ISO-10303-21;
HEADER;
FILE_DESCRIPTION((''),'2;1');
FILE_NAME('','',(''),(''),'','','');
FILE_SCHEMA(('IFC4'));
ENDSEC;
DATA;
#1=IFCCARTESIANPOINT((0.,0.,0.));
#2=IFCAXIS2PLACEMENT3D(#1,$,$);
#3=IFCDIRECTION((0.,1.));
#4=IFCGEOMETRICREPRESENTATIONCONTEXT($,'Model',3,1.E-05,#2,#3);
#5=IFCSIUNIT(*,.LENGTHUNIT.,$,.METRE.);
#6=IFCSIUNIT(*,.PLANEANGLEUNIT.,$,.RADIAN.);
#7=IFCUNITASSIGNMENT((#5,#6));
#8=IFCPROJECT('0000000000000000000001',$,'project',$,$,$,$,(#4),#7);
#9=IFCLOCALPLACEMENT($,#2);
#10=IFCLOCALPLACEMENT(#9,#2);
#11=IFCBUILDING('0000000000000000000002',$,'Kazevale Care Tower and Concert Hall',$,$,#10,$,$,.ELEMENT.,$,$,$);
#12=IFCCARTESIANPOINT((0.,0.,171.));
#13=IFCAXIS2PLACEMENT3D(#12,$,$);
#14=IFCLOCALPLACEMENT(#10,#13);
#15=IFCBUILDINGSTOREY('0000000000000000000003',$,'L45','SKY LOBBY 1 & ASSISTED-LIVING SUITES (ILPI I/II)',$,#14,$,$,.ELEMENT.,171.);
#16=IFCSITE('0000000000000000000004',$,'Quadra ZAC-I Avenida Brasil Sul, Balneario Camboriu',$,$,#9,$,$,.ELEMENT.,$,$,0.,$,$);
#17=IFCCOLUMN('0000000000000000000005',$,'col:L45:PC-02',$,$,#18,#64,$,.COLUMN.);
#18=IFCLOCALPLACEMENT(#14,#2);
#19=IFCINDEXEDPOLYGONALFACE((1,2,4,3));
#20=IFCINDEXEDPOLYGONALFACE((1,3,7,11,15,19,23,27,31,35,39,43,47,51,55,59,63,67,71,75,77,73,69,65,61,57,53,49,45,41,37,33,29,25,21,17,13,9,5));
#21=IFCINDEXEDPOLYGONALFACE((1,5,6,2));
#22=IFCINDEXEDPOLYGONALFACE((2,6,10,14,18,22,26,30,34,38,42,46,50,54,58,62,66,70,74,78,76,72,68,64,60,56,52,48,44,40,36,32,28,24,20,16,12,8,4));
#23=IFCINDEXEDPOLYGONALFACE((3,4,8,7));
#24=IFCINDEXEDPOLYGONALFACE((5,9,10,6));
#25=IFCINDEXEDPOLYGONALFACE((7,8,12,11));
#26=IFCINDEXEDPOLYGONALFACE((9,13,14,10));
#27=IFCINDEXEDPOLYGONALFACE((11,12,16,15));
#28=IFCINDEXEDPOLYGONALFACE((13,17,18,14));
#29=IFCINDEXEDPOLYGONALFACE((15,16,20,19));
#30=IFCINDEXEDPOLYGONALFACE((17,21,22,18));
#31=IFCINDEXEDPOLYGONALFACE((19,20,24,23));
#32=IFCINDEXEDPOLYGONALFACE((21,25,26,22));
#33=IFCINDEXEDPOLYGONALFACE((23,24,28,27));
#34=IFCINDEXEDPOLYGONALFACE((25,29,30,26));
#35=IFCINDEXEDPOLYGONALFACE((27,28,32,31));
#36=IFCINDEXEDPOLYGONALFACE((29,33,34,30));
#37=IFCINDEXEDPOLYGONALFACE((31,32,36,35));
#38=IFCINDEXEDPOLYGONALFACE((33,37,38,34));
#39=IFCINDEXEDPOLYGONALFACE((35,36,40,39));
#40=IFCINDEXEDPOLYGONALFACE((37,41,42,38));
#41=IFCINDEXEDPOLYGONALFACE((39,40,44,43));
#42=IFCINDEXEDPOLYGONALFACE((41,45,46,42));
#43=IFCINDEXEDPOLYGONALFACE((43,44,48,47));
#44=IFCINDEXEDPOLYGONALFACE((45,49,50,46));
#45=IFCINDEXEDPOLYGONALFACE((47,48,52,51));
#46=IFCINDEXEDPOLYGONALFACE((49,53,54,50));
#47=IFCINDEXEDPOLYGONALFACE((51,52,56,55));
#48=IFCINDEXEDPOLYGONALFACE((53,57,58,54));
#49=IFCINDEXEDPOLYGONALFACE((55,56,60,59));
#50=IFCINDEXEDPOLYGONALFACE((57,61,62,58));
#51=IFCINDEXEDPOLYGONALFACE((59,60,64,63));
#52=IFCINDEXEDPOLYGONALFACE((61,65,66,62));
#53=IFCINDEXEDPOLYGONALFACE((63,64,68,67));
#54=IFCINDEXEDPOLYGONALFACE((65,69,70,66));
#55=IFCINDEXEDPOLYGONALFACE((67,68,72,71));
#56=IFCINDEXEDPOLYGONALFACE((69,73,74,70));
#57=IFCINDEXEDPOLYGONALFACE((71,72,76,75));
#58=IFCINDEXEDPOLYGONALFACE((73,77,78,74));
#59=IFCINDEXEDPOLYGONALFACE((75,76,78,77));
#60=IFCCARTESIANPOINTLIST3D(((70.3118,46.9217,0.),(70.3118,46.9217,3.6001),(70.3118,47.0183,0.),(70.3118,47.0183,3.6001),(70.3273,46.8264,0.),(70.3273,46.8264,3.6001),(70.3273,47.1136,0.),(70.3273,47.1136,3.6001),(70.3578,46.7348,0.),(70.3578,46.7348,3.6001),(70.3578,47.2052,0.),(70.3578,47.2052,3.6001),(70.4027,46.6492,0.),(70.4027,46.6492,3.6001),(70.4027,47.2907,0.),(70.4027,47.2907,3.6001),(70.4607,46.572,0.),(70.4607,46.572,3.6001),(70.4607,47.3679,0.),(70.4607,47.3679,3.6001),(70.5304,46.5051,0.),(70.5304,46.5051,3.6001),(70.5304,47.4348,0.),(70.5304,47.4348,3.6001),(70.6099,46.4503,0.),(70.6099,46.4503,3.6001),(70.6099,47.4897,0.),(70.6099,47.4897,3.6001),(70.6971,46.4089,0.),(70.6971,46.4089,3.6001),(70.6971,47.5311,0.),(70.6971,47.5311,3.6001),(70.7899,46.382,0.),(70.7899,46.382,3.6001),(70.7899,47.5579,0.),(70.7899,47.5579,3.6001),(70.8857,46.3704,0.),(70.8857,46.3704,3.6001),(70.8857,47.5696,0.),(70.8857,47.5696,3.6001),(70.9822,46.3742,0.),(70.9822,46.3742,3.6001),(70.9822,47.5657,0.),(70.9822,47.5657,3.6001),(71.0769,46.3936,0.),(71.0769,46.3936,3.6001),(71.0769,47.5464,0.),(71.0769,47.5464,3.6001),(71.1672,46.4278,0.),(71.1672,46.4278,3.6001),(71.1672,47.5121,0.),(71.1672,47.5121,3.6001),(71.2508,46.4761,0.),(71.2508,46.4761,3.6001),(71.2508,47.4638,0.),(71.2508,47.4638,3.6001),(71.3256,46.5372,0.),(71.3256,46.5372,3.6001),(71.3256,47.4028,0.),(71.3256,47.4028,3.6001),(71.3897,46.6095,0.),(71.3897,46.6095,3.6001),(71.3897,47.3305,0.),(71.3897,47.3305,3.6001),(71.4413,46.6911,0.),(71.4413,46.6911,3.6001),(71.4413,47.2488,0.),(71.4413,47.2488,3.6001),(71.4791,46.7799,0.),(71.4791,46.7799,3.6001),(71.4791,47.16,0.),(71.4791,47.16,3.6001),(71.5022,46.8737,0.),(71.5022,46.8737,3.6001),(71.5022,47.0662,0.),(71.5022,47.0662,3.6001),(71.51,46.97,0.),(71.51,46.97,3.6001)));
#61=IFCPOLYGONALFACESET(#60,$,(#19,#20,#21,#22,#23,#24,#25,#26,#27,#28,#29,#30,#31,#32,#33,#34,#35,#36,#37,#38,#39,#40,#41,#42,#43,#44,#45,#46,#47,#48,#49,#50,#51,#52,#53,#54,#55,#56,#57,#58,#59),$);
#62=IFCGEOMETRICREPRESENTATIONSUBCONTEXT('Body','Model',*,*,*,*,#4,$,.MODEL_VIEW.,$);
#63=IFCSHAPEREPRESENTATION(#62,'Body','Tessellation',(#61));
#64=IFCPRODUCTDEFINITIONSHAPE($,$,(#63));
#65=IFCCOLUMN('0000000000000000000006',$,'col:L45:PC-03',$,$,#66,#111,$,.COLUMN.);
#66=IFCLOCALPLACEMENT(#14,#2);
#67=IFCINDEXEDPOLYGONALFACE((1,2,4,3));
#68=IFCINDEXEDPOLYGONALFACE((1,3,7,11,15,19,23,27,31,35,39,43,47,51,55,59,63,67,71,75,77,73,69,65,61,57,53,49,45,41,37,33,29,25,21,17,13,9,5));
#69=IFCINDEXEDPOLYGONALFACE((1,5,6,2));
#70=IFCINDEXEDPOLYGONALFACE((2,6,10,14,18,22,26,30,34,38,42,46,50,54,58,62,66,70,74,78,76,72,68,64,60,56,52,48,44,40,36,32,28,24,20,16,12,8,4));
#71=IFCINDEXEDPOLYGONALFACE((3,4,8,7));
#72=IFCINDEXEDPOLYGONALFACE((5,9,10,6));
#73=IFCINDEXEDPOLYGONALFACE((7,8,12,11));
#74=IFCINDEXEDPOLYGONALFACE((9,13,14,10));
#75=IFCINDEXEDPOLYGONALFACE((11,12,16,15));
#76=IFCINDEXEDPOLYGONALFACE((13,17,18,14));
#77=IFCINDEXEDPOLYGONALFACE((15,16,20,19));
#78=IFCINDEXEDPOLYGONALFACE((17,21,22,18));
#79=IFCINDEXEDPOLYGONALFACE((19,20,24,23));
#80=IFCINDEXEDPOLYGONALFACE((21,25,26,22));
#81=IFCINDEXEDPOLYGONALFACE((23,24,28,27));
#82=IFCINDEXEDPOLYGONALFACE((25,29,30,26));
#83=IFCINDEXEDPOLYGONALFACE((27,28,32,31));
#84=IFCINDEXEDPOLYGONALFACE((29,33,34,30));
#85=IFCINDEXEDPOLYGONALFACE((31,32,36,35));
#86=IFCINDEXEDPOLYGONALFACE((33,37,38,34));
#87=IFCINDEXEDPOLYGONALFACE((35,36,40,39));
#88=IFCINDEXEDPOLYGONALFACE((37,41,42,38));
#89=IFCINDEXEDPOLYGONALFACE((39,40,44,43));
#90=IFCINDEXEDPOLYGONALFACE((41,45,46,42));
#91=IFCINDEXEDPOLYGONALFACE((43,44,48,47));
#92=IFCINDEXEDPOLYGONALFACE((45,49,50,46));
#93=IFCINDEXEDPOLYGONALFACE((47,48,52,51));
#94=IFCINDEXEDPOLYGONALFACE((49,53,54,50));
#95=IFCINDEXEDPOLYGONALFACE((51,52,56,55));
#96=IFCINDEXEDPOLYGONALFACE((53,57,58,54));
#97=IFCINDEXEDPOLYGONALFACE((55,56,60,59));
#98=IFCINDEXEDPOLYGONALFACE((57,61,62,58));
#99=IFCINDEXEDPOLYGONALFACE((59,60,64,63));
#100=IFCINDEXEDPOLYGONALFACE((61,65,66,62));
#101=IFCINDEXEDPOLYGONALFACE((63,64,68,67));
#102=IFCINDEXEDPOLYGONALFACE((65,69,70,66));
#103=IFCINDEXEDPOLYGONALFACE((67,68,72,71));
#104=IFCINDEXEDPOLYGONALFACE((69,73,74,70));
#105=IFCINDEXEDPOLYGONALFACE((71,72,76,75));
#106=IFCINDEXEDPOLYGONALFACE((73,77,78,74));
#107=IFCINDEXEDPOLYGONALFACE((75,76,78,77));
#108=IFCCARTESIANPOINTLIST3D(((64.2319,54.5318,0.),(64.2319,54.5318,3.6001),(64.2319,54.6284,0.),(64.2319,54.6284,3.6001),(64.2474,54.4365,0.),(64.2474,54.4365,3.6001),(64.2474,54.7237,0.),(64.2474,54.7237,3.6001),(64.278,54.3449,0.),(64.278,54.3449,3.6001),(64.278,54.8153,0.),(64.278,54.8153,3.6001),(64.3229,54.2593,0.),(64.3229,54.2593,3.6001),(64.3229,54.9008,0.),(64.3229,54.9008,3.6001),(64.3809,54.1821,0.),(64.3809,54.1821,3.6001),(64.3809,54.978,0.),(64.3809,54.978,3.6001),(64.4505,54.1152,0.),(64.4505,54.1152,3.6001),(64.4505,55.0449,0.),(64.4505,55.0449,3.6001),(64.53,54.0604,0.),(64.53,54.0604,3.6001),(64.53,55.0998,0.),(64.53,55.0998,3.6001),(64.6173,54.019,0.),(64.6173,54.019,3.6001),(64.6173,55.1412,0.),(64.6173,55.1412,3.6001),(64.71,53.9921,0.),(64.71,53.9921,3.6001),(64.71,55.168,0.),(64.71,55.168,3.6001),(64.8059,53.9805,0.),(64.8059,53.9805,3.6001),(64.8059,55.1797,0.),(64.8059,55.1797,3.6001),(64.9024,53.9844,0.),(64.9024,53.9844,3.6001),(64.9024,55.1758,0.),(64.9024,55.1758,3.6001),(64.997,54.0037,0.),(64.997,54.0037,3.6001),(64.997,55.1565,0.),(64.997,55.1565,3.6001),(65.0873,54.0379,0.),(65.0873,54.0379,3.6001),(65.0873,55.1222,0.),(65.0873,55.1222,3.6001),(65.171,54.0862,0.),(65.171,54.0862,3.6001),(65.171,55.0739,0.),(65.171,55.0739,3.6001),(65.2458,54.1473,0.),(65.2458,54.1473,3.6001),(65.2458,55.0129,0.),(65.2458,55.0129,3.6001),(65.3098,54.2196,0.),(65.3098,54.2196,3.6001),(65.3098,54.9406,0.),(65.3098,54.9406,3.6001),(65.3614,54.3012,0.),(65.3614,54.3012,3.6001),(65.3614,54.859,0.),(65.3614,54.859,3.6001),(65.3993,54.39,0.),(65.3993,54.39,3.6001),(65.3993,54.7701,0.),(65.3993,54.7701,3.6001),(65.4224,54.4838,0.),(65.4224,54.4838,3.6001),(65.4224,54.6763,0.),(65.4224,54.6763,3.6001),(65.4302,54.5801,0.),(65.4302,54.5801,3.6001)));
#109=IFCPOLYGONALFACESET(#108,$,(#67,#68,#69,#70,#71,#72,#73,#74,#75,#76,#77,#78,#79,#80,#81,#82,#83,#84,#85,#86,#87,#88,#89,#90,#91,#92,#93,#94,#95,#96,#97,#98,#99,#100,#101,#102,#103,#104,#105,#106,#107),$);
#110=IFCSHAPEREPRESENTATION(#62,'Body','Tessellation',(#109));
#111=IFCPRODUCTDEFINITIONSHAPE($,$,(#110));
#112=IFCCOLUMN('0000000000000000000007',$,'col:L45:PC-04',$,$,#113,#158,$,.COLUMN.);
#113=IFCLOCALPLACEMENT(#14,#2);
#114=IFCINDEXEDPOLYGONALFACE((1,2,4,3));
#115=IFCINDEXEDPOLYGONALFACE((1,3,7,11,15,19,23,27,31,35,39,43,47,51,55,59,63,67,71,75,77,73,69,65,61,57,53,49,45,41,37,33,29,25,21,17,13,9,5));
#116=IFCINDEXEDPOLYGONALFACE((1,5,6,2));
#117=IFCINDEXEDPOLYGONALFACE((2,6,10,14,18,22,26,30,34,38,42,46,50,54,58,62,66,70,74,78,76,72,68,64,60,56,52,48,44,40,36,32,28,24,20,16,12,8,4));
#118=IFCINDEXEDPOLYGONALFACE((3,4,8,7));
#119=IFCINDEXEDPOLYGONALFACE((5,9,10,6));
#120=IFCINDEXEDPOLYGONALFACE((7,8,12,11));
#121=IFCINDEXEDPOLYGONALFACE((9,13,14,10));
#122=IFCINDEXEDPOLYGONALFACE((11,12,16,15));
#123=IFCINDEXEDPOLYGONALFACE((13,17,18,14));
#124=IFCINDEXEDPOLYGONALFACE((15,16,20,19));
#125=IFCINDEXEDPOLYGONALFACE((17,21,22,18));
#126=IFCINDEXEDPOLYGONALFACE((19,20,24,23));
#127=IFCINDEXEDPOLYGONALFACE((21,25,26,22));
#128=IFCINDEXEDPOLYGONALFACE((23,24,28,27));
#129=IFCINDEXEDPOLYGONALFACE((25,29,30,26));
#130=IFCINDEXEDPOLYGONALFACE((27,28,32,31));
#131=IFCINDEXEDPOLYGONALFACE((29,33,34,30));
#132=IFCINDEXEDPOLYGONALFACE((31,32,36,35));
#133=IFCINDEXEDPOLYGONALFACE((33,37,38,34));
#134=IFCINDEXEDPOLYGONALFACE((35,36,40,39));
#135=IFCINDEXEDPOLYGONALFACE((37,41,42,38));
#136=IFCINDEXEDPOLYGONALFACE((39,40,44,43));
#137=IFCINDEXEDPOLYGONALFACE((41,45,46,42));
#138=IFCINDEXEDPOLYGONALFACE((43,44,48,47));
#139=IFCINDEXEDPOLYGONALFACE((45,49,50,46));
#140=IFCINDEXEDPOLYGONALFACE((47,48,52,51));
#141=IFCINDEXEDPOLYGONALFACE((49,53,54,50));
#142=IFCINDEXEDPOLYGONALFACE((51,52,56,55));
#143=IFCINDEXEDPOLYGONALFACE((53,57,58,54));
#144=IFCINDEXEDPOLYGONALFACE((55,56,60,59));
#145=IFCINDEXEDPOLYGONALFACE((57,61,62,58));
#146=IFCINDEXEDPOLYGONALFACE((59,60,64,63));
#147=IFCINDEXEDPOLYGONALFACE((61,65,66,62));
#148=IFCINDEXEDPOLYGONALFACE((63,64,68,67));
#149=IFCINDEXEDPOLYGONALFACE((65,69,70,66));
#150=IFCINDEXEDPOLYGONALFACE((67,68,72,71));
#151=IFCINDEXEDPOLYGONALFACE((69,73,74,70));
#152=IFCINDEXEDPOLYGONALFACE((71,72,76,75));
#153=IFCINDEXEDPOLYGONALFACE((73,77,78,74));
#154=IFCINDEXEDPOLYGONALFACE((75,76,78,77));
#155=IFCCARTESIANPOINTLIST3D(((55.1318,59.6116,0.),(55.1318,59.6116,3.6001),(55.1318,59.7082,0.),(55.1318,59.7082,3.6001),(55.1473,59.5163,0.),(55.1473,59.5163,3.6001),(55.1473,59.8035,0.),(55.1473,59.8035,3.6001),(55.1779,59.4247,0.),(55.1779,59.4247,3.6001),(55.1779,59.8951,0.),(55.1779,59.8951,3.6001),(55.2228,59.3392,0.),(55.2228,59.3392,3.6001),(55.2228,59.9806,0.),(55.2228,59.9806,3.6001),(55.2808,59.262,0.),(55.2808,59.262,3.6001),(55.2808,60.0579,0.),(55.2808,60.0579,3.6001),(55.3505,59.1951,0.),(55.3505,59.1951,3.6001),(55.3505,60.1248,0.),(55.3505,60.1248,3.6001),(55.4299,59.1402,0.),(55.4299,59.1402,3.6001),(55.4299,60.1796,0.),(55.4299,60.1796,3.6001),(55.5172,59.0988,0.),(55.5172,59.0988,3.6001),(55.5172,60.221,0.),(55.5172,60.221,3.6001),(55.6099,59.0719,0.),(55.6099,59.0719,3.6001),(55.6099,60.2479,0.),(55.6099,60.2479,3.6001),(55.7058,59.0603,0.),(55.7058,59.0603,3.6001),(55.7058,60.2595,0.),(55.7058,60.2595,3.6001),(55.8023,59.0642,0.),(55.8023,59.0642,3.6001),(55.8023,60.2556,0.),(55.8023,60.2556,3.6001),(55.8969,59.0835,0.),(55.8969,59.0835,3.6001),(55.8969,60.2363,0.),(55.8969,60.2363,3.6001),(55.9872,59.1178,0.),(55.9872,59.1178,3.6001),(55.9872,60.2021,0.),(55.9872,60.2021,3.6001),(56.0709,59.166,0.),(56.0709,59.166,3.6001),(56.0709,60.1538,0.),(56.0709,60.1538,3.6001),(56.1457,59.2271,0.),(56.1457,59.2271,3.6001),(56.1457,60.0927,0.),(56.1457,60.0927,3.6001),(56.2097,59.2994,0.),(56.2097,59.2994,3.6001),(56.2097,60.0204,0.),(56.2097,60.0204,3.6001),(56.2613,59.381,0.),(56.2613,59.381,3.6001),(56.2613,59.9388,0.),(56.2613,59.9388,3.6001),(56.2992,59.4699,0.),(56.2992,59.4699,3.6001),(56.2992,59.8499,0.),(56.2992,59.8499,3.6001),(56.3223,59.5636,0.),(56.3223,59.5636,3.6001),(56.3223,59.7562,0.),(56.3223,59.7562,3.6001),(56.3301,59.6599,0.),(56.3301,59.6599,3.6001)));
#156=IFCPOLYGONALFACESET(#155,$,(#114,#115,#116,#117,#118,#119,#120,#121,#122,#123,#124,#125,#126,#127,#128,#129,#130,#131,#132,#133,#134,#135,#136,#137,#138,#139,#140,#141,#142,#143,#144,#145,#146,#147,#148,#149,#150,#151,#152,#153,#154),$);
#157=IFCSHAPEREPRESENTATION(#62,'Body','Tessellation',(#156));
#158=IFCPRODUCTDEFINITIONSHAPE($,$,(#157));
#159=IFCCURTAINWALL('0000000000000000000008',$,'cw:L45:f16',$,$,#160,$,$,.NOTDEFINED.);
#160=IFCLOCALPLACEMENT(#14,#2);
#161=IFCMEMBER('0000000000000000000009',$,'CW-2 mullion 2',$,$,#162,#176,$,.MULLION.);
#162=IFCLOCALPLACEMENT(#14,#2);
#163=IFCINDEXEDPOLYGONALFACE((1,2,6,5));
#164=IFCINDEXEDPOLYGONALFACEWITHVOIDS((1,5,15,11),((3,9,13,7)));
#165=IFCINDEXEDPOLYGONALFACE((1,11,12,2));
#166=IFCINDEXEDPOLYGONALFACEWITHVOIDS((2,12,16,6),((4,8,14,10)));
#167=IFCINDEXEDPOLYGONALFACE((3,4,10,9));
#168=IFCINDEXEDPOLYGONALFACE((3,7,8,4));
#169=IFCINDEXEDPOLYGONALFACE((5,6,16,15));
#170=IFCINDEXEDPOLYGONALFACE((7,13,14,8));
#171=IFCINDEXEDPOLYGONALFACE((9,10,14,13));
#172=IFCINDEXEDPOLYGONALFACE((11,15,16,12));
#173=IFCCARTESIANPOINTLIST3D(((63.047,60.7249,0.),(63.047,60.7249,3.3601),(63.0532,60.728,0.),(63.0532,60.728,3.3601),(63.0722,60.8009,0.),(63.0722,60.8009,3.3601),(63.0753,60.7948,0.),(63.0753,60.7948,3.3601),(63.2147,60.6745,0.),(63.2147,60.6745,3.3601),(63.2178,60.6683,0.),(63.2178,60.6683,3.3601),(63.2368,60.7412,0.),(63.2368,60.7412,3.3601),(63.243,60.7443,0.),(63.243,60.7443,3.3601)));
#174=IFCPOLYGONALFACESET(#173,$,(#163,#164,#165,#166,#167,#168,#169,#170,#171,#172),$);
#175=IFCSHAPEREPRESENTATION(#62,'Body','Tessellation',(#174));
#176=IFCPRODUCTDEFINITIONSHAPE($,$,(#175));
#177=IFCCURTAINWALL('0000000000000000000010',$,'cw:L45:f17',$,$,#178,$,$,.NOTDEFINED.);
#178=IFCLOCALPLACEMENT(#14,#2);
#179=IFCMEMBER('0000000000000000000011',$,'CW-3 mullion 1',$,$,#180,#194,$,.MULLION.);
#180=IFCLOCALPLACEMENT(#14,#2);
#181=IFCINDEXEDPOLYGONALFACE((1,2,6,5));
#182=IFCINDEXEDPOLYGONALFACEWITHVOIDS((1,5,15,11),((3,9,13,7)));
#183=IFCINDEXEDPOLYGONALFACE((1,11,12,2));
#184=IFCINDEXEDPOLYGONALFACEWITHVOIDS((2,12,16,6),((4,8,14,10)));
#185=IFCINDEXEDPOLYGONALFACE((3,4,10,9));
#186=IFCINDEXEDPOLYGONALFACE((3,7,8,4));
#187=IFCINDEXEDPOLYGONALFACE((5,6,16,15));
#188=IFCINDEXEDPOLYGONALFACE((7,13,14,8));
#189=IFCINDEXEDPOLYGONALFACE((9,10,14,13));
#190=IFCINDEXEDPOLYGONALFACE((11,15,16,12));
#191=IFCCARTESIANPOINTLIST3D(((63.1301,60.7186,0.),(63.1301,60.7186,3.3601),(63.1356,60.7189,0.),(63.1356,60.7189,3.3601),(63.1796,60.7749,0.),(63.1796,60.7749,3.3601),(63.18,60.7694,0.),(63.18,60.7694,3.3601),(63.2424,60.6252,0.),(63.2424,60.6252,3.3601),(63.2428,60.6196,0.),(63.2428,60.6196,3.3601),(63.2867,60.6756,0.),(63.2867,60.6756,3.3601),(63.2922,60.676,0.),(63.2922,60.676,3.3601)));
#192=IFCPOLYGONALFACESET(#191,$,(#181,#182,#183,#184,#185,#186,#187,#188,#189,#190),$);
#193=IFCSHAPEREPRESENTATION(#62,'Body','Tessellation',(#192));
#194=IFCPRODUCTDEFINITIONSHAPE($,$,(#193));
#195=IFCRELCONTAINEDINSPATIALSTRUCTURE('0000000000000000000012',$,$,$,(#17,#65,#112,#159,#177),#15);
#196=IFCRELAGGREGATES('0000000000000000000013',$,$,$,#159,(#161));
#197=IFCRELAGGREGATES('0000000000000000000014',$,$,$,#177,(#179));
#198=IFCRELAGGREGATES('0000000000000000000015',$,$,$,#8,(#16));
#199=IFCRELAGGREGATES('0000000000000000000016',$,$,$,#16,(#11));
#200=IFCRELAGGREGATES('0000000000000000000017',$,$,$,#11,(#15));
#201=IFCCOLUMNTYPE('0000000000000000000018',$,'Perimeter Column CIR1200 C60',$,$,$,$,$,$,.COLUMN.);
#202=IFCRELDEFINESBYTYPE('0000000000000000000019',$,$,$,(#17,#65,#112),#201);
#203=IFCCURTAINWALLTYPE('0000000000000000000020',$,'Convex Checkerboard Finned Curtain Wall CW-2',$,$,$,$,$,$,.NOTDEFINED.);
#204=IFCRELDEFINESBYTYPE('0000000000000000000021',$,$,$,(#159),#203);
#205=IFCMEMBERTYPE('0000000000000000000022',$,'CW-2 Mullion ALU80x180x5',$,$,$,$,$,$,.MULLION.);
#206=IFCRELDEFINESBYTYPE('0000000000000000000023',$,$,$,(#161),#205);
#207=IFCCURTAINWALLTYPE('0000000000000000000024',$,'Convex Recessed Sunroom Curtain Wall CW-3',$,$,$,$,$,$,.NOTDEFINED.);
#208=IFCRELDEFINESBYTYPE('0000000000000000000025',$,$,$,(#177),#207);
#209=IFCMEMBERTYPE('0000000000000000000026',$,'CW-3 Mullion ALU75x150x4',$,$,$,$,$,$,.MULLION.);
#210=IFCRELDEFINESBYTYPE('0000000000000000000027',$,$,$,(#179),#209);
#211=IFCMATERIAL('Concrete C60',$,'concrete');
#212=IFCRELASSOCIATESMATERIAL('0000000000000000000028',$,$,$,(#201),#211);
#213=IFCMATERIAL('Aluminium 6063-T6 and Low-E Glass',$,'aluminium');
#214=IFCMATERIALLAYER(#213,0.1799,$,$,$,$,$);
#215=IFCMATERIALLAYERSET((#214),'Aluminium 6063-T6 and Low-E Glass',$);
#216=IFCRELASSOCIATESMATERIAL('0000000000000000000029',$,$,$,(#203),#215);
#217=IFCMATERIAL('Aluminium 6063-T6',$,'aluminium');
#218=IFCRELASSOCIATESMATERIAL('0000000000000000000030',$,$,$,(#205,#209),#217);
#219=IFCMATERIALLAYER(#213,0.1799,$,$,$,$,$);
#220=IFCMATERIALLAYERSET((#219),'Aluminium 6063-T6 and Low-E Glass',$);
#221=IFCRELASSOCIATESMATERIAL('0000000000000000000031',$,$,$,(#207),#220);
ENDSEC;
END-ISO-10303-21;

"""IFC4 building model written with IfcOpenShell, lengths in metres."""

from ifc_helpers import new_model, si_unit, direction, frame, origin, origin_2d, place, context, subcontext, project, spatial, hollow_rectangle, circle, extrude, material, layer, layer_set, material_profile, profile_set, type_object, element, aggregate, save


model = new_model("IFC4")

# Units and contexts
model_context = context("Model", 3, precision=1e-05, world=origin(), true_north=direction((0.0, 1.0)))
body_context = subcontext(model_context, "Body", "Model", "MODEL_VIEW")
ifc_project = project(units=[si_unit("LENGTHUNIT", "METRE"), si_unit("PLANEANGLEUNIT", "RADIAN")], contexts=[model_context])

# Site, building, storey
site_placement = place(None, origin())
site = spatial("IfcSite", under=ifc_project, at=site_placement, Name="Quadra ZAC-I Avenida Brasil Sul, Balneario Camboriu", CompositionType="ELEMENT", RefElevation=0.0)
building_placement = place(site_placement, origin())
building = spatial("IfcBuilding", under=site, at=building_placement, Name="Kazevale Care Tower and Concert Hall", CompositionType="ELEMENT")
storey_placement = place(building_placement, frame((0.0, 0.0, 171.0)))
storey = spatial("IfcBuildingStorey", under=building, at=storey_placement, Name="L45", Description="SKY LOBBY 1 & ASSISTED-LIVING SUITES (ILPI I/II)", CompositionType="ELEMENT", Elevation=171.0)

# Columns
ifc_material_1 = material(Name="Concrete C60", Category="concrete")
ifc_material_profile_1 = material_profile(ifc_material_1, circle(Radius=0.6001, at=origin_2d()), Name="RC-CIR1200")
ifc_profile_set_1 = profile_set([ifc_material_profile_1], Name="Concrete C60")
column_type = type_object("IfcColumnType", Name="Perimeter Column CIR1200 C60", PredefinedType="COLUMN", material=ifc_profile_set_1)
for number, where, z_axis, x_axis, name in (
    (1, (70.9099, 46.97, 0.0), (0.0, 0.0, 1.0), (1.0, 0.0, 0.0), "col:L45:PC-02"),
    (2, (64.8301, 54.5801, 0.0), (0.0, 0.0, 1.0), (1.0, 0.0, 0.0), "col:L45:PC-03"),
    (3, (55.73, 59.6599, 0.0), (0.0, 0.0, 1.0), (1.0, 0.0, 0.0), "col:L45:PC-04"),
):
    element("IfcColumn", number, at=place(storey_placement, frame(where, z_axis=z_axis, x_axis=x_axis)), inside=storey, type_object=column_type, Name=name, PredefinedType="COLUMN", context=body_context, shape_type="SweptSolid", body=[
        extrude(circle(Radius=0.6001, at=origin_2d()), origin(), (0.0, 0.0, 1.0), 3.6001),
    ])

# Curtain wall, member
ifc_material_2 = material(Name="Aluminium 6063-T6 and Low-E Glass", Category="aluminium")
ifc_layer_1 = layer(ifc_material_2, 0.1799)
ifc_layer_set_1 = layer_set([ifc_layer_1], Name="Aluminium 6063-T6 and Low-E Glass")
curtain_wall_type_1 = type_object("IfcCurtainWallType", Name="Convex Checkerboard Finned Curtain Wall CW-2", PredefinedType="NOTDEFINED", material=ifc_layer_set_1)
curtain_wall_1_placement = place(storey_placement, origin())
curtain_wall_1 = element("IfcCurtainWall", 4, at=curtain_wall_1_placement, inside=storey, type_object=curtain_wall_type_1, Name="cw:L45:f16", PredefinedType="NOTDEFINED")
ifc_material_3 = material(Name="Aluminium 6063-T6", Category="aluminium")
ifc_material_profile_2 = material_profile(ifc_material_3, hollow_rectangle(XDim=0.0801, YDim=0.1799, WallThickness=0.0049, at=origin_2d()), Name="ALU80x180x5")
ifc_profile_set_2 = profile_set([ifc_material_profile_2], Name="Aluminium 6063-T6")
member_type_1 = type_object("IfcMemberType", Name="CW-2 Mullion ALU80x180x5", PredefinedType="MULLION", material=ifc_profile_set_2)
member_1_placement = place(storey_placement, frame((63.145, 60.7346, 0.0), z_axis=(0.0, 0.0, 1.0), x_axis=(0.314868, 0.949135, 0.0)))
member_1 = element("IfcMember", 5, at=member_1_placement, type_object=member_type_1, Name="CW-2 mullion 2", PredefinedType="MULLION", context=body_context, shape_type="SweptSolid", body=[
    extrude(hollow_rectangle(XDim=0.0801, YDim=0.1799, WallThickness=0.0049, at=origin_2d()), origin(), (0.0, 0.0, 1.0), 3.3601),
])
aggregate(curtain_wall_1, [member_1])

# Curtain wall, member
ifc_layer_2 = layer(ifc_material_2, 0.1799)
ifc_layer_set_2 = layer_set([ifc_layer_2], Name="Aluminium 6063-T6 and Low-E Glass")
curtain_wall_type_2 = type_object("IfcCurtainWallType", Name="Convex Recessed Sunroom Curtain Wall CW-3", PredefinedType="NOTDEFINED", material=ifc_layer_set_2)
curtain_wall_2_placement = place(storey_placement, origin())
curtain_wall_2 = element("IfcCurtainWall", 6, at=curtain_wall_2_placement, inside=storey, type_object=curtain_wall_type_2, Name="cw:L45:f17", PredefinedType="NOTDEFINED")
ifc_material_profile_3 = material_profile(ifc_material_3, hollow_rectangle(XDim=0.075, YDim=0.1499, WallThickness=0.0039, at=origin_2d()), Name="ALU75x150x4")
ifc_profile_set_3 = profile_set([ifc_material_profile_3], Name="Aluminium 6063-T6")
member_type_2 = type_object("IfcMemberType", Name="CW-3 Mullion ALU75x150x4", PredefinedType="MULLION", material=ifc_profile_set_3)
member_2_placement = place(storey_placement, frame((63.2112, 60.6973, 0.0), z_axis=(0.0, 0.0, 1.0), x_axis=(0.659892, 0.751361, 0.0)))
member_2 = element("IfcMember", 7, at=member_2_placement, type_object=member_type_2, Name="CW-3 mullion 1", PredefinedType="MULLION", context=body_context, shape_type="SweptSolid", body=[
    extrude(hollow_rectangle(XDim=0.075, YDim=0.1499, WallThickness=0.0039, at=origin_2d()), origin(), (0.0, 0.0, 1.0), 3.3601),
])

aggregate(curtain_wall_2, [member_2])

save(model, "model.ifc")
